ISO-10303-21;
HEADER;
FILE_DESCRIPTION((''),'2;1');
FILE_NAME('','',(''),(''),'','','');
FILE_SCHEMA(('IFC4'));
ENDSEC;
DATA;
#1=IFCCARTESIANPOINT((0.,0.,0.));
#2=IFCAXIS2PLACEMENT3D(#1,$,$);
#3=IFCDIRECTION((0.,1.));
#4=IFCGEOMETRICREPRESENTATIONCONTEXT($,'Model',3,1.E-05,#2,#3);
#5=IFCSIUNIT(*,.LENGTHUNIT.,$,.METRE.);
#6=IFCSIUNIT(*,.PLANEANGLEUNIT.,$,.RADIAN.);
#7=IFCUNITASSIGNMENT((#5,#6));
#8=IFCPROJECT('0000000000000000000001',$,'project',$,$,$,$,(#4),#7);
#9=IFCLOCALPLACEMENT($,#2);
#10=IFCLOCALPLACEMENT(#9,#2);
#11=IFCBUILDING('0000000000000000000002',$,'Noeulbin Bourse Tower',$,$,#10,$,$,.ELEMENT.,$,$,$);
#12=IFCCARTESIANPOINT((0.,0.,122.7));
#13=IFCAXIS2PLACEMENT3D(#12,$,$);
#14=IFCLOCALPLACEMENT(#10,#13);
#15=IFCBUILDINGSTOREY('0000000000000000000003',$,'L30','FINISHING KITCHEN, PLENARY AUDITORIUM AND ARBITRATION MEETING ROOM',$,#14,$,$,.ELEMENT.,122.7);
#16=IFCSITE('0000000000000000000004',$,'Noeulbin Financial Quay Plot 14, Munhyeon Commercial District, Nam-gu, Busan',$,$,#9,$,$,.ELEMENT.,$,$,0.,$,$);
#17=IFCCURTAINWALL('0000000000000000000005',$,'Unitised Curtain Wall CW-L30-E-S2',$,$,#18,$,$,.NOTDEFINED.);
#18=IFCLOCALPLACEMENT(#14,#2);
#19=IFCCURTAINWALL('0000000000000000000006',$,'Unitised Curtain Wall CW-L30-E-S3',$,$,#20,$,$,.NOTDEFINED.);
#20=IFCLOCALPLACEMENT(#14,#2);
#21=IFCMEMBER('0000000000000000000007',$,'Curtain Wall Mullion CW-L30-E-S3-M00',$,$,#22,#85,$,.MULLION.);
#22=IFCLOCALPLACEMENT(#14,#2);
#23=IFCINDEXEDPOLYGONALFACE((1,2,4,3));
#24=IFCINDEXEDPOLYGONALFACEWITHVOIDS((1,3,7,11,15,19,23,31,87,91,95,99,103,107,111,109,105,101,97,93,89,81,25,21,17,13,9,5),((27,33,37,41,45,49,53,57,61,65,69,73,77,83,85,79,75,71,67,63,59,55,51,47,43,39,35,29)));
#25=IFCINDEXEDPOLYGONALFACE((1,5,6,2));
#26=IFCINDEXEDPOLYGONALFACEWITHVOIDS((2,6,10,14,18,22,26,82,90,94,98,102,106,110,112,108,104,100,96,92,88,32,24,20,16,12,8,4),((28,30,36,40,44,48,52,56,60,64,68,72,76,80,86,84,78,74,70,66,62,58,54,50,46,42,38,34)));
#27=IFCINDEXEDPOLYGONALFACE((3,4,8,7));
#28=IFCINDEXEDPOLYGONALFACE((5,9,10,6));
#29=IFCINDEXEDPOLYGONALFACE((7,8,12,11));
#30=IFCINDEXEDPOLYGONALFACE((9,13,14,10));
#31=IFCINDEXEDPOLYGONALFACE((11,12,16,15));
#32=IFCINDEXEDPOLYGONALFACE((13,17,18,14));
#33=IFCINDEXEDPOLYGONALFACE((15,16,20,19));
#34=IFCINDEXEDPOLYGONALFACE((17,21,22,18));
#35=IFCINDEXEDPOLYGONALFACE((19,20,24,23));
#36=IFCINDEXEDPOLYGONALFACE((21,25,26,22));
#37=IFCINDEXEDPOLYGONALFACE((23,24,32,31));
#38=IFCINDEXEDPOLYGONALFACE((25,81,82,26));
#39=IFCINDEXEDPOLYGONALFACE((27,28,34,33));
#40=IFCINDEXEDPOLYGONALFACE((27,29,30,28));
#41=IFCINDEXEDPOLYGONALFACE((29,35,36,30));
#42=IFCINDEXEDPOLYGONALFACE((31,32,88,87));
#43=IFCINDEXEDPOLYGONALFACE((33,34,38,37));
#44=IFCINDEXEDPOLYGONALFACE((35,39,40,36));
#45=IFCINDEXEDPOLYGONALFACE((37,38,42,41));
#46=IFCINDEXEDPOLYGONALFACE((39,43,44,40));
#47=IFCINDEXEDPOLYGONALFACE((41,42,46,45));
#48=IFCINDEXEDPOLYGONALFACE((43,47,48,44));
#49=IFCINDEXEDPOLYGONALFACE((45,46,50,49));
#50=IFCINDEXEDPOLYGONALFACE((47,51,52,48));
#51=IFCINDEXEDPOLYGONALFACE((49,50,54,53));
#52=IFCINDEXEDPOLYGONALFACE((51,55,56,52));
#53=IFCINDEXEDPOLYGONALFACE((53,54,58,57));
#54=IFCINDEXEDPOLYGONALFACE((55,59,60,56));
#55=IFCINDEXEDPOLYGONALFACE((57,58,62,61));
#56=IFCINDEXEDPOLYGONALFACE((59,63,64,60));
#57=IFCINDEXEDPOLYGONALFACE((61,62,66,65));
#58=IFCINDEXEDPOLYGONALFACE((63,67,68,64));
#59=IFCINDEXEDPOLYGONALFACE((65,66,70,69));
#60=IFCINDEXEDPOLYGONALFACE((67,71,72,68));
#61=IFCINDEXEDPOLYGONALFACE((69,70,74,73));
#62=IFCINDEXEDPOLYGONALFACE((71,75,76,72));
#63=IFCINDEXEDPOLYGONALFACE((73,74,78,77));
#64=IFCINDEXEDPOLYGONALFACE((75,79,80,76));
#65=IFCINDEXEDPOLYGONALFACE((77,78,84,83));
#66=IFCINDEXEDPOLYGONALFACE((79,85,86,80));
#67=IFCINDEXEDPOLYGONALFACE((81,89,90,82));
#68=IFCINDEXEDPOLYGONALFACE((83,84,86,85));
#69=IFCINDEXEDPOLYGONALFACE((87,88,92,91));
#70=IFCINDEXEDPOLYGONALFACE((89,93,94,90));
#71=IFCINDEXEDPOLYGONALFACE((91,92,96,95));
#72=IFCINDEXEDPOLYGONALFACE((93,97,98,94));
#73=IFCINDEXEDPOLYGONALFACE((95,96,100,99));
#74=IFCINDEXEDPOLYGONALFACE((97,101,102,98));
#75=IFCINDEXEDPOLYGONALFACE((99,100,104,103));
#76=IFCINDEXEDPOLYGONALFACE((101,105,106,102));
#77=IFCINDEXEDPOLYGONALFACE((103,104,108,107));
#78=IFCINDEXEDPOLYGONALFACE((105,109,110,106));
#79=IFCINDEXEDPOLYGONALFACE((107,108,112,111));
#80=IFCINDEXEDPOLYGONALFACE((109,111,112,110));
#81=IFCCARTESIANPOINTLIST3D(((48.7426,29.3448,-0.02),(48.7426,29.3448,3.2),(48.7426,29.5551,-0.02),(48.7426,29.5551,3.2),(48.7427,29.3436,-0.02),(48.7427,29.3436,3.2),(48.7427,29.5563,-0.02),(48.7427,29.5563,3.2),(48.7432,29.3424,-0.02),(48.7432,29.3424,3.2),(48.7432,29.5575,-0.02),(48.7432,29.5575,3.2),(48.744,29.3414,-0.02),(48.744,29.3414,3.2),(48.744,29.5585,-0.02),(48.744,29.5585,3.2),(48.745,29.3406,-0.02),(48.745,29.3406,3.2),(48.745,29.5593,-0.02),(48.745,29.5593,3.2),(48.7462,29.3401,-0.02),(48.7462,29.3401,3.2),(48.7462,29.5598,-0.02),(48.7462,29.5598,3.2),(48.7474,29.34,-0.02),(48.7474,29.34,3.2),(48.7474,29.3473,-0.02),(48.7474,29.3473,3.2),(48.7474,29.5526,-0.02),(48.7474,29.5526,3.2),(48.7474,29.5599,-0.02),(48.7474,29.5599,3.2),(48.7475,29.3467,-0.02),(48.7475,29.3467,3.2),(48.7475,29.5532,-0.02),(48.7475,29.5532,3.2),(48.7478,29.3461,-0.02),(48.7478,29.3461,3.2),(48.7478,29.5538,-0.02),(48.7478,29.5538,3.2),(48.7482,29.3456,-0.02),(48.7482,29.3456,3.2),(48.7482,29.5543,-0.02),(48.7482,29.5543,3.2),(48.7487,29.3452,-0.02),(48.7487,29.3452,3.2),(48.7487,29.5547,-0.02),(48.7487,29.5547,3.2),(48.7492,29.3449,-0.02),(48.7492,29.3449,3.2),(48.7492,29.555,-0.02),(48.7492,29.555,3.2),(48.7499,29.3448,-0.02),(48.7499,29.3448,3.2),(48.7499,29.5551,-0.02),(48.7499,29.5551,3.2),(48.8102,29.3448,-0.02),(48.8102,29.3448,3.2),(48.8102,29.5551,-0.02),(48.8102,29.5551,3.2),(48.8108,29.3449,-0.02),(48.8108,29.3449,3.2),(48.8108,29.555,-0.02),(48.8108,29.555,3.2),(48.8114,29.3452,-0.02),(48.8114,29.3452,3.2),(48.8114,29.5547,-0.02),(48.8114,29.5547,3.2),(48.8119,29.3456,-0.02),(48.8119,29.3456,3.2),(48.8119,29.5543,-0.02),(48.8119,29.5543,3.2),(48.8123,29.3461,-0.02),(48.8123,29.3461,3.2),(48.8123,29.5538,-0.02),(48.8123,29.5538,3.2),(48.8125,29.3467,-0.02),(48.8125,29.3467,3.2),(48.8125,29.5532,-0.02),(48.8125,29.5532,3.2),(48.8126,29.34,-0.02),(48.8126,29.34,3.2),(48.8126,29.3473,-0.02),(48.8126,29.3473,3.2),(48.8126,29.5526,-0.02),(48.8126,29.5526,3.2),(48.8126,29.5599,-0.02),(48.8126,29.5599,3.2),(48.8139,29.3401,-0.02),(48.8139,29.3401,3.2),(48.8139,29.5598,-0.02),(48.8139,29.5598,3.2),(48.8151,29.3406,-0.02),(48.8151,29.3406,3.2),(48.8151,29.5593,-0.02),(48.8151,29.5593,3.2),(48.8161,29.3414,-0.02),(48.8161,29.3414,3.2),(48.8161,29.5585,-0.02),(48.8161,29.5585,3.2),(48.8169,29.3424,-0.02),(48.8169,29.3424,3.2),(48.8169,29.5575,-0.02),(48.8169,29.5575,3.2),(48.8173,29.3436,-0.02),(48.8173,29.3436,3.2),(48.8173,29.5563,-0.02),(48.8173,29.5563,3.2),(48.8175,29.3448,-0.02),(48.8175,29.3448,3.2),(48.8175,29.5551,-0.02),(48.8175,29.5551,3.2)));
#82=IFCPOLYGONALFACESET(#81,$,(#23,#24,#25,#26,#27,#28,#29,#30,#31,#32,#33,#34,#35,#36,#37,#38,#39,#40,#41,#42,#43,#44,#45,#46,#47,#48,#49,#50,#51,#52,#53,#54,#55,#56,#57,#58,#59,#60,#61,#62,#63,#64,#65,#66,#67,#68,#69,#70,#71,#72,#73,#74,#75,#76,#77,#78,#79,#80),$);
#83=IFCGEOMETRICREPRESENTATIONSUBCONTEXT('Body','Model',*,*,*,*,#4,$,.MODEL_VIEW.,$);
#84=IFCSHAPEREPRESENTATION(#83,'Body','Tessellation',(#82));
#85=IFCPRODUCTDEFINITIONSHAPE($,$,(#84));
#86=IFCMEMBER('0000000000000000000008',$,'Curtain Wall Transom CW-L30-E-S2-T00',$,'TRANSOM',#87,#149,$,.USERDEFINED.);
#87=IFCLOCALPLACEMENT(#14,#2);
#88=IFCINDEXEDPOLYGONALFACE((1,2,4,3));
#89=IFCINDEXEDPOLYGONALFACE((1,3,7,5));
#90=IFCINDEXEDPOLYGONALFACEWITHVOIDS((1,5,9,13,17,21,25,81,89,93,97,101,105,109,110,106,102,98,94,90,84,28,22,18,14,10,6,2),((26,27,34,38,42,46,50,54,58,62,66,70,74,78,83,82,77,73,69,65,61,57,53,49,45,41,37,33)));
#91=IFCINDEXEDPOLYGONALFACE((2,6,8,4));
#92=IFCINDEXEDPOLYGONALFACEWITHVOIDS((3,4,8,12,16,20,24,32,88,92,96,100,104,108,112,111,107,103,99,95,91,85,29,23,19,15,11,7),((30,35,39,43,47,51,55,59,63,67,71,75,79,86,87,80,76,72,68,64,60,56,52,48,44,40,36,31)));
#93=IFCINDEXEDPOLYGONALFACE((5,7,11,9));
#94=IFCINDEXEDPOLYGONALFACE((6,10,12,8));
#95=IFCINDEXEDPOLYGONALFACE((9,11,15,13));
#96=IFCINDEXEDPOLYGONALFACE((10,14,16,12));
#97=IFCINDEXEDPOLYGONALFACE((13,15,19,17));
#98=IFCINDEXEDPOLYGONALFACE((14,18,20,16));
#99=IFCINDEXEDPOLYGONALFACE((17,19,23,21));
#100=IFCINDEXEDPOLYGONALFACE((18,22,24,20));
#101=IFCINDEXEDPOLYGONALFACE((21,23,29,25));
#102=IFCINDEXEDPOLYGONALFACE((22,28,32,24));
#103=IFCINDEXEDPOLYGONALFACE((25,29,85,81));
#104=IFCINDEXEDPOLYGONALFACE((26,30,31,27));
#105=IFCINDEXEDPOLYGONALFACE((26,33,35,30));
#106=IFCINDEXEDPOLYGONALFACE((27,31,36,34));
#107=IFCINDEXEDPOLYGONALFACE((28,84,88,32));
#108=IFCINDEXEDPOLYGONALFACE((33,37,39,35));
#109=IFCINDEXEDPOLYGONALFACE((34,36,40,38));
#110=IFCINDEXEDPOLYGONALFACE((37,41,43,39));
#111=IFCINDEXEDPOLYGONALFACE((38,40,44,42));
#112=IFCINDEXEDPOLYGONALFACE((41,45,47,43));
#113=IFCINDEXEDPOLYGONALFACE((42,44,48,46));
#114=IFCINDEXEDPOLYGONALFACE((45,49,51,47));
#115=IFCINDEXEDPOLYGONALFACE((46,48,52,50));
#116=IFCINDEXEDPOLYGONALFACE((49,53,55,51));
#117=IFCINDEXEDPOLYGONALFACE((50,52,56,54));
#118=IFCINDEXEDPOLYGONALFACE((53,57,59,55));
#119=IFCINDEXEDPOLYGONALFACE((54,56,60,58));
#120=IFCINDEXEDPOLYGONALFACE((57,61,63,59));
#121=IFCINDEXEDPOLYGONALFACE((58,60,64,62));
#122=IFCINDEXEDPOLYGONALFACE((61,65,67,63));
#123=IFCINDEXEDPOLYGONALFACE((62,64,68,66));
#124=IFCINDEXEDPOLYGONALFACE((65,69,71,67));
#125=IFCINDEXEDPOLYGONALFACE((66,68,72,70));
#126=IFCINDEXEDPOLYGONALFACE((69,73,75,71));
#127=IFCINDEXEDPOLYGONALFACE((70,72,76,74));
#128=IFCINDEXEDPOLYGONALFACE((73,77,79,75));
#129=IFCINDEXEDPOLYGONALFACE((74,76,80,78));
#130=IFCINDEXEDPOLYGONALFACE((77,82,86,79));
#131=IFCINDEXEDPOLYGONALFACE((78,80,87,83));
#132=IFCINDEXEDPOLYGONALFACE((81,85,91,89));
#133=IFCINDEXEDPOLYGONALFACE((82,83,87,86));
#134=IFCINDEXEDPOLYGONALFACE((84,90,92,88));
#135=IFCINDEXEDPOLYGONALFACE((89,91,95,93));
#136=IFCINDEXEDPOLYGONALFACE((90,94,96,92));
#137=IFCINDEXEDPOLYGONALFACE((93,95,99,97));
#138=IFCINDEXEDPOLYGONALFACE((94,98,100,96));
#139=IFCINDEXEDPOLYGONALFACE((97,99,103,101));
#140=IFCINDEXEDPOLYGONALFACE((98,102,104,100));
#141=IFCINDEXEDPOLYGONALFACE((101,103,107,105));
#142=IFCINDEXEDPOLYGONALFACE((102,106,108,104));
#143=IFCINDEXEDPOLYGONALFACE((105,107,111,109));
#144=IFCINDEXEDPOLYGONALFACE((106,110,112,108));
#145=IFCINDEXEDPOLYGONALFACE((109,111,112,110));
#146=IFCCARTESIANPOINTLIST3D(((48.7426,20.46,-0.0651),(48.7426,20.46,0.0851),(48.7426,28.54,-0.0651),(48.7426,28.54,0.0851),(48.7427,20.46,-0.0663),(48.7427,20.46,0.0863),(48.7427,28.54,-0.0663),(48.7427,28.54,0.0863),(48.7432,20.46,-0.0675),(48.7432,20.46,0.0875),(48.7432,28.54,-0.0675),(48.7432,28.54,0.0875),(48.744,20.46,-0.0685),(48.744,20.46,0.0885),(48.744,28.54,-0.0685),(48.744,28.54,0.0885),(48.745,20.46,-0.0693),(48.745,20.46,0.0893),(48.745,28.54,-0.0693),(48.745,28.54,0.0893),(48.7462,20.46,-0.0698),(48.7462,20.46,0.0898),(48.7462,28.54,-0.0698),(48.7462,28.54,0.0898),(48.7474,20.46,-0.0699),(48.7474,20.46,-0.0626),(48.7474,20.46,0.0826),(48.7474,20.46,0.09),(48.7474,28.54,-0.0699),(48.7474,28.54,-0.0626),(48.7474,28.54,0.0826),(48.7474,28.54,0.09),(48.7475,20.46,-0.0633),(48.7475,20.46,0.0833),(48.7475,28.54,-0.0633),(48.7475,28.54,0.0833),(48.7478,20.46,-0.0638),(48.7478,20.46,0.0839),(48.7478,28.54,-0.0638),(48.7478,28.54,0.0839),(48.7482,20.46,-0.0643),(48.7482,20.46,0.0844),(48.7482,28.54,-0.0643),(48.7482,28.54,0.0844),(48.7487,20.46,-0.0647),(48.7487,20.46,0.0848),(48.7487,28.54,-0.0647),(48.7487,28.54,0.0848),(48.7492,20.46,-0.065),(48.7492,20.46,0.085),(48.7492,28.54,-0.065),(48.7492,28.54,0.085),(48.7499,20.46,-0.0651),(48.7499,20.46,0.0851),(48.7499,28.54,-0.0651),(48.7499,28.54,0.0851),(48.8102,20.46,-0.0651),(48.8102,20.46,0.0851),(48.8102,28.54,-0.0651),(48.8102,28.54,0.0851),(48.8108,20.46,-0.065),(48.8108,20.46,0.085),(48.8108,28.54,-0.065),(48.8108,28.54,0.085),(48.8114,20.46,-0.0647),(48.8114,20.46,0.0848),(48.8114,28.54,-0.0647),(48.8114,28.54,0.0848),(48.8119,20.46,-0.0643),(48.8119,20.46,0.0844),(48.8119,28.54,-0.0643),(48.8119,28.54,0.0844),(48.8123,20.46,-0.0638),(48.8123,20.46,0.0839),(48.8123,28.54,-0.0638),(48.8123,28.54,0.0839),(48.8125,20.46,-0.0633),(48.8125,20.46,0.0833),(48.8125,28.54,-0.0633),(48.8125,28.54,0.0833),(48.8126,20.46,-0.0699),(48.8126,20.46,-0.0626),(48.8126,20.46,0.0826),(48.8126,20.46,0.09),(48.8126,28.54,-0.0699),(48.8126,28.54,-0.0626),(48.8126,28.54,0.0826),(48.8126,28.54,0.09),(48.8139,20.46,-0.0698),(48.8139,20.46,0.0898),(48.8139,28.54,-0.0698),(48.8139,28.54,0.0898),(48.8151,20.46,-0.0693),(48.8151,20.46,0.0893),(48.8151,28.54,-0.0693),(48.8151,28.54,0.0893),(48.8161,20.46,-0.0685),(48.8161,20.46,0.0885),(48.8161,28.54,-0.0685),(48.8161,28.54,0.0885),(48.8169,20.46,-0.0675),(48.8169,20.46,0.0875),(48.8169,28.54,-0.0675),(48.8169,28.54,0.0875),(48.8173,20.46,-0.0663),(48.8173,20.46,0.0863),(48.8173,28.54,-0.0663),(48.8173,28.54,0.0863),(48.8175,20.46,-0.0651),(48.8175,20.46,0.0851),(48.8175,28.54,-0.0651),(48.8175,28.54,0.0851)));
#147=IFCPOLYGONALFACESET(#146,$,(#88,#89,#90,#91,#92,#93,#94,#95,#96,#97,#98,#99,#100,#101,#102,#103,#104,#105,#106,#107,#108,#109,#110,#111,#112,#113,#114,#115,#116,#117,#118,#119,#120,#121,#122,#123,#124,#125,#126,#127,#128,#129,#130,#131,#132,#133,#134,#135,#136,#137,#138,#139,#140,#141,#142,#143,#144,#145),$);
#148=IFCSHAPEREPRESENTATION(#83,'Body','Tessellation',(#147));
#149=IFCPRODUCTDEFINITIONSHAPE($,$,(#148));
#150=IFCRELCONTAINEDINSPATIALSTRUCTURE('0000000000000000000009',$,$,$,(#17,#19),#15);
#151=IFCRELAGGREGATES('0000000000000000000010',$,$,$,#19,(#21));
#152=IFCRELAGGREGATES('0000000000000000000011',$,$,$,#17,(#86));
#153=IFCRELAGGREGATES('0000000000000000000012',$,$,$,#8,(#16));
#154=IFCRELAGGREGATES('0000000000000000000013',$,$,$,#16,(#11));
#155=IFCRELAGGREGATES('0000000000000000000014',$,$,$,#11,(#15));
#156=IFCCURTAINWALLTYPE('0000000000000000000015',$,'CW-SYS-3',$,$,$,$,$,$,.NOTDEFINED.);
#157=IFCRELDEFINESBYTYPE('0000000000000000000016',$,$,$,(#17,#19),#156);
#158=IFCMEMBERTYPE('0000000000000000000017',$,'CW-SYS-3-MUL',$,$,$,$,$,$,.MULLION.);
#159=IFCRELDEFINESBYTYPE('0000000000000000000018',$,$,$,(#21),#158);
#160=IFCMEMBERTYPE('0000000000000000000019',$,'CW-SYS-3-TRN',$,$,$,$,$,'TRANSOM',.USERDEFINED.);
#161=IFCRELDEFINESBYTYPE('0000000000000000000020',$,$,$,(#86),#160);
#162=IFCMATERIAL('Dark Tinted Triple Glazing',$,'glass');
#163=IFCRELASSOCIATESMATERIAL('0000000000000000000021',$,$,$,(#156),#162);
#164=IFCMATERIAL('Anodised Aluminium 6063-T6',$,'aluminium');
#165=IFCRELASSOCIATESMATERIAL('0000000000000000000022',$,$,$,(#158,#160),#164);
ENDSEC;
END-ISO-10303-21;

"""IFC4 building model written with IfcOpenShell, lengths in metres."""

from ifc_helpers import new_model, si_unit, direction, frame, origin, origin_2d, place, context, subcontext, project, spatial, hollow_rectangle, extrude, material, material_profile, profile_set, type_object, element, aggregate, save


model = new_model("IFC4")

# Units and contexts
model_context = context("Model", 3, precision=1e-05, world=origin(), true_north=direction((0.0, 1.0)))
body_context = subcontext(model_context, "Body", "Model", "MODEL_VIEW")
ifc_project = project(units=[si_unit("LENGTHUNIT", "METRE"), si_unit("PLANEANGLEUNIT", "RADIAN")], contexts=[model_context])

# Site, building, storey
site_placement = place(None, origin())
site = spatial("IfcSite", under=ifc_project, at=site_placement, Name="Noeulbin Financial Quay Plot 14, Munhyeon Commercial District, Nam-gu, Busan", CompositionType="ELEMENT", RefElevation=0.0)
building_placement = place(site_placement, origin())
building = spatial("IfcBuilding", under=site, at=building_placement, Name="Noeulbin Bourse Tower", CompositionType="ELEMENT")
storey_placement = place(building_placement, frame((0.0, 0.0, 122.7)))
storey = spatial("IfcBuildingStorey", under=building, at=storey_placement, Name="L30", Description="FINISHING KITCHEN, PLENARY AUDITORIUM AND ARBITRATION MEETING ROOM", CompositionType="ELEMENT", Elevation=122.7)

# Curtain wall
ifc_material_1 = material(Name="Dark Tinted Triple Glazing", Category="glass")
curtain_wall_type = type_object("IfcCurtainWallType", Name="CW-SYS-3", PredefinedType="NOTDEFINED", material=ifc_material_1)
curtain_wall_1_placement = place(storey_placement, origin())
curtain_wall_1 = element("IfcCurtainWall", 1, at=curtain_wall_1_placement, inside=storey, type_object=curtain_wall_type, Name="Unitised Curtain Wall CW-L30-E-S2", PredefinedType="NOTDEFINED")
ifc_material_2 = material(Name="Anodised Aluminium 6063-T6", Category="aluminium")
ifc_material_profile_1 = material_profile(ifc_material_2, hollow_rectangle(XDim=0.075, YDim=0.22, WallThickness=0.0049, InnerFilletRadius=0.0024, OuterFilletRadius=0.0049, at=origin_2d()), Name="ALU-MULL-75x220x5", Category="LoadBearing")
ifc_profile_set_1 = profile_set([ifc_material_profile_1], Name="Anodised Aluminium 6063-T6")
member_type_1 = type_object("IfcMemberType", Name="CW-SYS-3-MUL", PredefinedType="MULLION", material=ifc_profile_set_1)

# Curtain wall, member
curtain_wall_2_placement = place(storey_placement, origin())
curtain_wall_2 = element("IfcCurtainWall", 2, at=curtain_wall_2_placement, inside=storey, type_object=curtain_wall_type, Name="Unitised Curtain Wall CW-L30-E-S3", PredefinedType="NOTDEFINED")
member_1_placement = place(storey_placement, frame((48.78, 29.45, -0.02), z_axis=(0.0, 0.0, 1.0), x_axis=(1.0, 0.0, 0.0)))
member_1 = element("IfcMember", 3, at=member_1_placement, type_object=member_type_1, Name="Curtain Wall Mullion CW-L30-E-S3-M00", PredefinedType="MULLION", context=body_context, shape_type="SweptSolid", body=[
    extrude(hollow_rectangle(XDim=0.075, YDim=0.22, WallThickness=0.0049, InnerFilletRadius=0.0024, OuterFilletRadius=0.0049, at=origin_2d()), origin(), (0.0, 0.0, 1.0), 3.22),
])
aggregate(curtain_wall_2, [member_1])

# Member
ifc_material_profile_2 = material_profile(ifc_material_2, hollow_rectangle(XDim=0.075, YDim=0.1599, WallThickness=0.0049, InnerFilletRadius=0.0024, OuterFilletRadius=0.0049, at=origin_2d()), Name="ALU-TRAN-75x160x5", Category="LoadBearing")
ifc_profile_set_2 = profile_set([ifc_material_profile_2], Name="Anodised Aluminium 6063-T6")
member_type_2 = type_object("IfcMemberType", Name="CW-SYS-3-TRN", ElementType="TRANSOM", PredefinedType="USERDEFINED", material=ifc_profile_set_2)
member_2_placement = place(storey_placement, frame((48.78, 20.46, 0.01), z_axis=(0.0, 1.0, 0.0), x_axis=(-1.0, 0.0, 0.0)))
member_2 = element("IfcMember", 4, at=member_2_placement, type_object=member_type_2, Name="Curtain Wall Transom CW-L30-E-S2-T00", ObjectType="TRANSOM", PredefinedType="USERDEFINED", context=body_context, shape_type="SweptSolid", body=[
    extrude(hollow_rectangle(XDim=0.075, YDim=0.1599, WallThickness=0.0049, InnerFilletRadius=0.0024, OuterFilletRadius=0.0049, at=origin_2d()), origin(), (0.0, 0.0, 1.0), 8.0801),
])

aggregate(curtain_wall_1, [member_2])

save(model, "model.ifc")
